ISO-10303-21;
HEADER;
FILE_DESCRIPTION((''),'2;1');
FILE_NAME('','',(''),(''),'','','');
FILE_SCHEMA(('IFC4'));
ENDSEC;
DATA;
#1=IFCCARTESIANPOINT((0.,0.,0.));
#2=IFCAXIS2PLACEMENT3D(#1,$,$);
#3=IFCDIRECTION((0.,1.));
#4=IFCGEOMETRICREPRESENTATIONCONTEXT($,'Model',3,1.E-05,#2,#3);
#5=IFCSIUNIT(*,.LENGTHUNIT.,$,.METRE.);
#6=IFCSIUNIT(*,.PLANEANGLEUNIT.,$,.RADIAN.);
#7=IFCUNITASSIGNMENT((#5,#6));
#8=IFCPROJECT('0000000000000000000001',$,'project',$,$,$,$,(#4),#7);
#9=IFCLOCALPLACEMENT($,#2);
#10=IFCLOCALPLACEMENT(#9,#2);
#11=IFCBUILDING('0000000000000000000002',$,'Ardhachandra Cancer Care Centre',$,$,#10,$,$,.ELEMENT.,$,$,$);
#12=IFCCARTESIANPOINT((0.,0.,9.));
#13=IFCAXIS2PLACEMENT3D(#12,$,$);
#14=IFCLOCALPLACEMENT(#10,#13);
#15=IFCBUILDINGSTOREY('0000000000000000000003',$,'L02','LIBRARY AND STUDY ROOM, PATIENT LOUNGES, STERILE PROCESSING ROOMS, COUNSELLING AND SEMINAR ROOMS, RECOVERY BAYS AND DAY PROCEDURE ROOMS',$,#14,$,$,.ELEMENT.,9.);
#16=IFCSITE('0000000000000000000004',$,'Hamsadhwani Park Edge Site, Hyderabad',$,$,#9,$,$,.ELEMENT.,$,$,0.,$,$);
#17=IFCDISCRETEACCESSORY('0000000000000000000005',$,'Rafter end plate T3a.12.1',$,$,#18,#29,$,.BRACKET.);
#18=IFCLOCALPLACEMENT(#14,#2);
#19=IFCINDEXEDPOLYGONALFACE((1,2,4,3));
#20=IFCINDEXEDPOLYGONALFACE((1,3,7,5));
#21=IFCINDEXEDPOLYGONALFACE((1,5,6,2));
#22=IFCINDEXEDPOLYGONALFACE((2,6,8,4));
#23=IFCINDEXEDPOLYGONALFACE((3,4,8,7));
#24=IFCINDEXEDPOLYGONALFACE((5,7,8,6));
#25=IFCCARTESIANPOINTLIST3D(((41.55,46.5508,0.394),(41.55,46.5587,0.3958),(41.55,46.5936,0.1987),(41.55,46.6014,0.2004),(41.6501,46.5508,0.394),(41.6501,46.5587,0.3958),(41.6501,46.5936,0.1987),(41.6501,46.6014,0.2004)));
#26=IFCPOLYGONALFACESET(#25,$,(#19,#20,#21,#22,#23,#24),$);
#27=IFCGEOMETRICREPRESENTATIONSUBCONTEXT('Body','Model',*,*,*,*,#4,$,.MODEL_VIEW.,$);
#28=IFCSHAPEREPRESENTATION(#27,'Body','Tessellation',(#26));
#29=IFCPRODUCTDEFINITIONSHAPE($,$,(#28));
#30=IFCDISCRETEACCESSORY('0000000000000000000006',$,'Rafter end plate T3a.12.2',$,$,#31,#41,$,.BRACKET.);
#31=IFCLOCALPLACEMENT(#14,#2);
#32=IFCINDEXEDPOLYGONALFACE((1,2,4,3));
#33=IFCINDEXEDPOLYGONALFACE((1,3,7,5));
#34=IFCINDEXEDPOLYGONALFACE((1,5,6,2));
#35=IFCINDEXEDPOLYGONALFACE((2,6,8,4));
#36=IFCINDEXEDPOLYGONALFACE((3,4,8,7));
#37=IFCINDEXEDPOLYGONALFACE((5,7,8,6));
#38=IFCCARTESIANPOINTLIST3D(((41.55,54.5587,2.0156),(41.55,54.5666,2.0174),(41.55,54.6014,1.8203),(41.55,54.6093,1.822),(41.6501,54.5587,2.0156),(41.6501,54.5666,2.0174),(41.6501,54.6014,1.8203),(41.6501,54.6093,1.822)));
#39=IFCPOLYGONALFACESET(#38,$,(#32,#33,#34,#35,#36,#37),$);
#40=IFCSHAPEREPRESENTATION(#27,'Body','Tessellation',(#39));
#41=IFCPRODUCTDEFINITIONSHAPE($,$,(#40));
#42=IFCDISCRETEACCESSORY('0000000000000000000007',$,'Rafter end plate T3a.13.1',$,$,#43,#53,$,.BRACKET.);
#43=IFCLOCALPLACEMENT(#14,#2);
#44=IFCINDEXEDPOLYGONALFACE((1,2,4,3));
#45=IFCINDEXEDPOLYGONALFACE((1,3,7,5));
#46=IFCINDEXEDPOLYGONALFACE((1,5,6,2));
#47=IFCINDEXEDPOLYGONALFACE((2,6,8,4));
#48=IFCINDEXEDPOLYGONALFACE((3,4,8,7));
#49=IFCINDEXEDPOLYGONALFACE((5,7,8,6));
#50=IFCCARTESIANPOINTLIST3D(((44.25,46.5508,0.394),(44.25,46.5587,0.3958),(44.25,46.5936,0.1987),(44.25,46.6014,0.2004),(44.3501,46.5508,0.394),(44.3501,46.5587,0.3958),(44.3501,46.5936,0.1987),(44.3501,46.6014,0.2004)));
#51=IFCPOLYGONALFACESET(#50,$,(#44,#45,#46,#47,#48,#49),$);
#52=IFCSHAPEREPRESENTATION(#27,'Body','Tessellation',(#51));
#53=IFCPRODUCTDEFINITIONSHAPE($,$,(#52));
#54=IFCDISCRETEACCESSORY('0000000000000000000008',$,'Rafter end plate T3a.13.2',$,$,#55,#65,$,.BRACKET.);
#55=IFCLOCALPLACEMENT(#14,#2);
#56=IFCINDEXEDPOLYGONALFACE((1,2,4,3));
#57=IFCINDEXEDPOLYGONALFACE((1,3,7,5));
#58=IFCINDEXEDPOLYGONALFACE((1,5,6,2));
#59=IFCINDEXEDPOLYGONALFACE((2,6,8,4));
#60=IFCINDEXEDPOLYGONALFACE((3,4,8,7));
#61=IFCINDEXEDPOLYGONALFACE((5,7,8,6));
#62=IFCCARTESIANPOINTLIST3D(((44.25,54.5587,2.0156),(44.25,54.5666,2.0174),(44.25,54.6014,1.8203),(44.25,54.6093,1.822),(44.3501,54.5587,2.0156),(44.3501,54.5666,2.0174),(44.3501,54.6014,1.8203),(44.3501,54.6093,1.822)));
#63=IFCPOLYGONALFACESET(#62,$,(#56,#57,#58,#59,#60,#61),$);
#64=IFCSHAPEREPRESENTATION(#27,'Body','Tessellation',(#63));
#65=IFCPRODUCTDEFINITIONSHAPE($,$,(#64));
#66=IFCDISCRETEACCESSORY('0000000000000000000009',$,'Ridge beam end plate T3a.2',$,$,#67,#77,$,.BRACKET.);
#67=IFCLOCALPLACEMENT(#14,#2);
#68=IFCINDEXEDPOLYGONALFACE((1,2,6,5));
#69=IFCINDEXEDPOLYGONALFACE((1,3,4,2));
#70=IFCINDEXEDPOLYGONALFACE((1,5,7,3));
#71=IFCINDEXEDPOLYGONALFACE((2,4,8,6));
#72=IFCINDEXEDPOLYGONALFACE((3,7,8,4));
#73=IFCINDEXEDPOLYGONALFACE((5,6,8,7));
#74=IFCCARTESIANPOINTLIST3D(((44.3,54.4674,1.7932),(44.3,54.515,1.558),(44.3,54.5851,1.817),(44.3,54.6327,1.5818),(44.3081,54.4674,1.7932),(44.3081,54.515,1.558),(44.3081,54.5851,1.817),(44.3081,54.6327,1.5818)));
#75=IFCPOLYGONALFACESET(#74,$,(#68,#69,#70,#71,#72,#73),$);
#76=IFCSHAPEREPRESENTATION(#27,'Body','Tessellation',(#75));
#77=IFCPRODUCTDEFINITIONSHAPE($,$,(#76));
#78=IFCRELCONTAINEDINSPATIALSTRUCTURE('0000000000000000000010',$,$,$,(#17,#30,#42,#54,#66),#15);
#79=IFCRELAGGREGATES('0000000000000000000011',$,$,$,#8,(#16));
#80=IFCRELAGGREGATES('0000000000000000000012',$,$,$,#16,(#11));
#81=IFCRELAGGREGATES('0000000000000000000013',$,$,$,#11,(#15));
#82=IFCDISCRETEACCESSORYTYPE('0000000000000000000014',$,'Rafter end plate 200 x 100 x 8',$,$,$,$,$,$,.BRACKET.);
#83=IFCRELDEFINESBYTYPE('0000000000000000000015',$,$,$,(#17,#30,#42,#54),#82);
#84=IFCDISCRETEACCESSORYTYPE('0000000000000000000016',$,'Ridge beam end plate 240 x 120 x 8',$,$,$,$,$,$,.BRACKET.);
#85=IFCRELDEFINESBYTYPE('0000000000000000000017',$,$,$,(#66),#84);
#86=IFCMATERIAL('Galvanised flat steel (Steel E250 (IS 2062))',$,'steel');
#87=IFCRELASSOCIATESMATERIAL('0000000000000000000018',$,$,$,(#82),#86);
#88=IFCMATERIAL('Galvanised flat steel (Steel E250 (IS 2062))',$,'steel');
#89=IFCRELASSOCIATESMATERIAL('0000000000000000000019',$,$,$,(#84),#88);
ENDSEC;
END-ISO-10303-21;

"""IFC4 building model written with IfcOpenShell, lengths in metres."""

from ifc_helpers import new_model, si_unit, direction, frame, origin, origin_2d, place, context, subcontext, project, spatial, rectangle, extrude, material, material_profile, profile_set, type_object, element, save


model = new_model("IFC4")

# Units and contexts
model_context = context("Model", 3, precision=1e-05, world=origin(), true_north=direction((0.0, 1.0)))
body_context = subcontext(model_context, "Body", "Model", "MODEL_VIEW")
ifc_project = project(units=[si_unit("LENGTHUNIT", "METRE"), si_unit("PLANEANGLEUNIT", "RADIAN")], contexts=[model_context])

# Site, building, storey
site_placement = place(None, origin())
site = spatial("IfcSite", under=ifc_project, at=site_placement, Name="Hamsadhwani Park Edge Site, Hyderabad", CompositionType="ELEMENT", RefElevation=0.0)
building_placement = place(site_placement, origin())
building = spatial("IfcBuilding", under=site, at=building_placement, Name="Ardhachandra Cancer Care Centre", CompositionType="ELEMENT")
storey_placement = place(building_placement, frame((0.0, 0.0, 9.0)))
storey = spatial("IfcBuildingStorey", under=building, at=storey_placement, Name="L02", Description="LIBRARY AND STUDY ROOM, PATIENT LOUNGES, STERILE PROCESSING ROOMS, COUNSELLING AND SEMINAR ROOMS, RECOVERY BAYS AND DAY PROCEDURE ROOMS", CompositionType="ELEMENT", Elevation=9.0)

# Discrete accessories
ifc_material_1 = material(Name="Galvanised flat steel (Steel E250 (IS 2062))", Category="steel")
ifc_material_profile_1 = material_profile(ifc_material_1, rectangle(XDim=0.1001, YDim=0.2, at=origin_2d()), Name="Rafter end plate 200 x 100 x 8")
ifc_profile_set_1 = profile_set([ifc_material_profile_1], Name="Galvanised flat steel (Steel E250 (IS 2062))")
discrete_accessory_type_1 = type_object("IfcDiscreteAccessoryType", Name="Rafter end plate 200 x 100 x 8", PredefinedType="BRACKET", material=ifc_profile_set_1)
for number, where, z_axis, x_axis, name in (
    (1, (41.6001, 46.5801, 0.2981), (0.0, -0.9769, -0.213697), (1.0, 0.0, 0.0), "Rafter end plate T3a.12.1"),
    (2, (41.6001, 54.5801, 1.918), (0.0, 0.9769, 0.213697), (-1.0, 0.0, 0.0), "Rafter end plate T3a.12.2"),
    (3, (44.3, 46.5801, 0.2981), (0.0, -0.9769, -0.213697), (1.0, 0.0, 0.0), "Rafter end plate T3a.13.1"),
    (4, (44.3, 54.5801, 1.918), (0.0, 0.9769, 0.213697), (-1.0, 0.0, 0.0), "Rafter end plate T3a.13.2"),
):
    element("IfcDiscreteAccessory", number, at=place(storey_placement, frame(where, z_axis=z_axis, x_axis=x_axis)), inside=storey, type_object=discrete_accessory_type_1, Name=name, PredefinedType="BRACKET", context=body_context, shape_type="SweptSolid", body=[
        extrude(rectangle(XDim=0.1001, YDim=0.2, at=origin_2d()), origin(), (0.0, 0.0, 1.0), 0.0081),
    ])
ifc_material_2 = material(Name="Galvanised flat steel (Steel E250 (IS 2062))", Category="steel")
ifc_material_profile_2 = material_profile(ifc_material_2, rectangle(XDim=0.1201, YDim=0.24, at=origin_2d()), Name="Ridge beam end plate 240 x 120 x 8")
ifc_profile_set_2 = profile_set([ifc_material_profile_2], Name="Galvanised flat steel (Steel E250 (IS 2062))")
discrete_accessory_type_2 = type_object("IfcDiscreteAccessoryType", Name="Ridge beam end plate 240 x 120 x 8", PredefinedType="BRACKET", material=ifc_profile_set_2)
discrete_accessory_1_placement = place(storey_placement, frame((44.3, 54.55, 1.6875), z_axis=(1.0, 0.0, 0.0), x_axis=(0.0, 0.980107, 0.198472)))
element("IfcDiscreteAccessory", 5, at=discrete_accessory_1_placement, inside=storey, type_object=discrete_accessory_type_2, Name="Ridge beam end plate T3a.2", PredefinedType="BRACKET", context=body_context, shape_type="SweptSolid", body=[
    extrude(rectangle(XDim=0.1201, YDim=0.24, at=origin_2d()), origin(), (0.0, 0.0, 1.0), 0.0081),
])

save(model, "model.ifc")
